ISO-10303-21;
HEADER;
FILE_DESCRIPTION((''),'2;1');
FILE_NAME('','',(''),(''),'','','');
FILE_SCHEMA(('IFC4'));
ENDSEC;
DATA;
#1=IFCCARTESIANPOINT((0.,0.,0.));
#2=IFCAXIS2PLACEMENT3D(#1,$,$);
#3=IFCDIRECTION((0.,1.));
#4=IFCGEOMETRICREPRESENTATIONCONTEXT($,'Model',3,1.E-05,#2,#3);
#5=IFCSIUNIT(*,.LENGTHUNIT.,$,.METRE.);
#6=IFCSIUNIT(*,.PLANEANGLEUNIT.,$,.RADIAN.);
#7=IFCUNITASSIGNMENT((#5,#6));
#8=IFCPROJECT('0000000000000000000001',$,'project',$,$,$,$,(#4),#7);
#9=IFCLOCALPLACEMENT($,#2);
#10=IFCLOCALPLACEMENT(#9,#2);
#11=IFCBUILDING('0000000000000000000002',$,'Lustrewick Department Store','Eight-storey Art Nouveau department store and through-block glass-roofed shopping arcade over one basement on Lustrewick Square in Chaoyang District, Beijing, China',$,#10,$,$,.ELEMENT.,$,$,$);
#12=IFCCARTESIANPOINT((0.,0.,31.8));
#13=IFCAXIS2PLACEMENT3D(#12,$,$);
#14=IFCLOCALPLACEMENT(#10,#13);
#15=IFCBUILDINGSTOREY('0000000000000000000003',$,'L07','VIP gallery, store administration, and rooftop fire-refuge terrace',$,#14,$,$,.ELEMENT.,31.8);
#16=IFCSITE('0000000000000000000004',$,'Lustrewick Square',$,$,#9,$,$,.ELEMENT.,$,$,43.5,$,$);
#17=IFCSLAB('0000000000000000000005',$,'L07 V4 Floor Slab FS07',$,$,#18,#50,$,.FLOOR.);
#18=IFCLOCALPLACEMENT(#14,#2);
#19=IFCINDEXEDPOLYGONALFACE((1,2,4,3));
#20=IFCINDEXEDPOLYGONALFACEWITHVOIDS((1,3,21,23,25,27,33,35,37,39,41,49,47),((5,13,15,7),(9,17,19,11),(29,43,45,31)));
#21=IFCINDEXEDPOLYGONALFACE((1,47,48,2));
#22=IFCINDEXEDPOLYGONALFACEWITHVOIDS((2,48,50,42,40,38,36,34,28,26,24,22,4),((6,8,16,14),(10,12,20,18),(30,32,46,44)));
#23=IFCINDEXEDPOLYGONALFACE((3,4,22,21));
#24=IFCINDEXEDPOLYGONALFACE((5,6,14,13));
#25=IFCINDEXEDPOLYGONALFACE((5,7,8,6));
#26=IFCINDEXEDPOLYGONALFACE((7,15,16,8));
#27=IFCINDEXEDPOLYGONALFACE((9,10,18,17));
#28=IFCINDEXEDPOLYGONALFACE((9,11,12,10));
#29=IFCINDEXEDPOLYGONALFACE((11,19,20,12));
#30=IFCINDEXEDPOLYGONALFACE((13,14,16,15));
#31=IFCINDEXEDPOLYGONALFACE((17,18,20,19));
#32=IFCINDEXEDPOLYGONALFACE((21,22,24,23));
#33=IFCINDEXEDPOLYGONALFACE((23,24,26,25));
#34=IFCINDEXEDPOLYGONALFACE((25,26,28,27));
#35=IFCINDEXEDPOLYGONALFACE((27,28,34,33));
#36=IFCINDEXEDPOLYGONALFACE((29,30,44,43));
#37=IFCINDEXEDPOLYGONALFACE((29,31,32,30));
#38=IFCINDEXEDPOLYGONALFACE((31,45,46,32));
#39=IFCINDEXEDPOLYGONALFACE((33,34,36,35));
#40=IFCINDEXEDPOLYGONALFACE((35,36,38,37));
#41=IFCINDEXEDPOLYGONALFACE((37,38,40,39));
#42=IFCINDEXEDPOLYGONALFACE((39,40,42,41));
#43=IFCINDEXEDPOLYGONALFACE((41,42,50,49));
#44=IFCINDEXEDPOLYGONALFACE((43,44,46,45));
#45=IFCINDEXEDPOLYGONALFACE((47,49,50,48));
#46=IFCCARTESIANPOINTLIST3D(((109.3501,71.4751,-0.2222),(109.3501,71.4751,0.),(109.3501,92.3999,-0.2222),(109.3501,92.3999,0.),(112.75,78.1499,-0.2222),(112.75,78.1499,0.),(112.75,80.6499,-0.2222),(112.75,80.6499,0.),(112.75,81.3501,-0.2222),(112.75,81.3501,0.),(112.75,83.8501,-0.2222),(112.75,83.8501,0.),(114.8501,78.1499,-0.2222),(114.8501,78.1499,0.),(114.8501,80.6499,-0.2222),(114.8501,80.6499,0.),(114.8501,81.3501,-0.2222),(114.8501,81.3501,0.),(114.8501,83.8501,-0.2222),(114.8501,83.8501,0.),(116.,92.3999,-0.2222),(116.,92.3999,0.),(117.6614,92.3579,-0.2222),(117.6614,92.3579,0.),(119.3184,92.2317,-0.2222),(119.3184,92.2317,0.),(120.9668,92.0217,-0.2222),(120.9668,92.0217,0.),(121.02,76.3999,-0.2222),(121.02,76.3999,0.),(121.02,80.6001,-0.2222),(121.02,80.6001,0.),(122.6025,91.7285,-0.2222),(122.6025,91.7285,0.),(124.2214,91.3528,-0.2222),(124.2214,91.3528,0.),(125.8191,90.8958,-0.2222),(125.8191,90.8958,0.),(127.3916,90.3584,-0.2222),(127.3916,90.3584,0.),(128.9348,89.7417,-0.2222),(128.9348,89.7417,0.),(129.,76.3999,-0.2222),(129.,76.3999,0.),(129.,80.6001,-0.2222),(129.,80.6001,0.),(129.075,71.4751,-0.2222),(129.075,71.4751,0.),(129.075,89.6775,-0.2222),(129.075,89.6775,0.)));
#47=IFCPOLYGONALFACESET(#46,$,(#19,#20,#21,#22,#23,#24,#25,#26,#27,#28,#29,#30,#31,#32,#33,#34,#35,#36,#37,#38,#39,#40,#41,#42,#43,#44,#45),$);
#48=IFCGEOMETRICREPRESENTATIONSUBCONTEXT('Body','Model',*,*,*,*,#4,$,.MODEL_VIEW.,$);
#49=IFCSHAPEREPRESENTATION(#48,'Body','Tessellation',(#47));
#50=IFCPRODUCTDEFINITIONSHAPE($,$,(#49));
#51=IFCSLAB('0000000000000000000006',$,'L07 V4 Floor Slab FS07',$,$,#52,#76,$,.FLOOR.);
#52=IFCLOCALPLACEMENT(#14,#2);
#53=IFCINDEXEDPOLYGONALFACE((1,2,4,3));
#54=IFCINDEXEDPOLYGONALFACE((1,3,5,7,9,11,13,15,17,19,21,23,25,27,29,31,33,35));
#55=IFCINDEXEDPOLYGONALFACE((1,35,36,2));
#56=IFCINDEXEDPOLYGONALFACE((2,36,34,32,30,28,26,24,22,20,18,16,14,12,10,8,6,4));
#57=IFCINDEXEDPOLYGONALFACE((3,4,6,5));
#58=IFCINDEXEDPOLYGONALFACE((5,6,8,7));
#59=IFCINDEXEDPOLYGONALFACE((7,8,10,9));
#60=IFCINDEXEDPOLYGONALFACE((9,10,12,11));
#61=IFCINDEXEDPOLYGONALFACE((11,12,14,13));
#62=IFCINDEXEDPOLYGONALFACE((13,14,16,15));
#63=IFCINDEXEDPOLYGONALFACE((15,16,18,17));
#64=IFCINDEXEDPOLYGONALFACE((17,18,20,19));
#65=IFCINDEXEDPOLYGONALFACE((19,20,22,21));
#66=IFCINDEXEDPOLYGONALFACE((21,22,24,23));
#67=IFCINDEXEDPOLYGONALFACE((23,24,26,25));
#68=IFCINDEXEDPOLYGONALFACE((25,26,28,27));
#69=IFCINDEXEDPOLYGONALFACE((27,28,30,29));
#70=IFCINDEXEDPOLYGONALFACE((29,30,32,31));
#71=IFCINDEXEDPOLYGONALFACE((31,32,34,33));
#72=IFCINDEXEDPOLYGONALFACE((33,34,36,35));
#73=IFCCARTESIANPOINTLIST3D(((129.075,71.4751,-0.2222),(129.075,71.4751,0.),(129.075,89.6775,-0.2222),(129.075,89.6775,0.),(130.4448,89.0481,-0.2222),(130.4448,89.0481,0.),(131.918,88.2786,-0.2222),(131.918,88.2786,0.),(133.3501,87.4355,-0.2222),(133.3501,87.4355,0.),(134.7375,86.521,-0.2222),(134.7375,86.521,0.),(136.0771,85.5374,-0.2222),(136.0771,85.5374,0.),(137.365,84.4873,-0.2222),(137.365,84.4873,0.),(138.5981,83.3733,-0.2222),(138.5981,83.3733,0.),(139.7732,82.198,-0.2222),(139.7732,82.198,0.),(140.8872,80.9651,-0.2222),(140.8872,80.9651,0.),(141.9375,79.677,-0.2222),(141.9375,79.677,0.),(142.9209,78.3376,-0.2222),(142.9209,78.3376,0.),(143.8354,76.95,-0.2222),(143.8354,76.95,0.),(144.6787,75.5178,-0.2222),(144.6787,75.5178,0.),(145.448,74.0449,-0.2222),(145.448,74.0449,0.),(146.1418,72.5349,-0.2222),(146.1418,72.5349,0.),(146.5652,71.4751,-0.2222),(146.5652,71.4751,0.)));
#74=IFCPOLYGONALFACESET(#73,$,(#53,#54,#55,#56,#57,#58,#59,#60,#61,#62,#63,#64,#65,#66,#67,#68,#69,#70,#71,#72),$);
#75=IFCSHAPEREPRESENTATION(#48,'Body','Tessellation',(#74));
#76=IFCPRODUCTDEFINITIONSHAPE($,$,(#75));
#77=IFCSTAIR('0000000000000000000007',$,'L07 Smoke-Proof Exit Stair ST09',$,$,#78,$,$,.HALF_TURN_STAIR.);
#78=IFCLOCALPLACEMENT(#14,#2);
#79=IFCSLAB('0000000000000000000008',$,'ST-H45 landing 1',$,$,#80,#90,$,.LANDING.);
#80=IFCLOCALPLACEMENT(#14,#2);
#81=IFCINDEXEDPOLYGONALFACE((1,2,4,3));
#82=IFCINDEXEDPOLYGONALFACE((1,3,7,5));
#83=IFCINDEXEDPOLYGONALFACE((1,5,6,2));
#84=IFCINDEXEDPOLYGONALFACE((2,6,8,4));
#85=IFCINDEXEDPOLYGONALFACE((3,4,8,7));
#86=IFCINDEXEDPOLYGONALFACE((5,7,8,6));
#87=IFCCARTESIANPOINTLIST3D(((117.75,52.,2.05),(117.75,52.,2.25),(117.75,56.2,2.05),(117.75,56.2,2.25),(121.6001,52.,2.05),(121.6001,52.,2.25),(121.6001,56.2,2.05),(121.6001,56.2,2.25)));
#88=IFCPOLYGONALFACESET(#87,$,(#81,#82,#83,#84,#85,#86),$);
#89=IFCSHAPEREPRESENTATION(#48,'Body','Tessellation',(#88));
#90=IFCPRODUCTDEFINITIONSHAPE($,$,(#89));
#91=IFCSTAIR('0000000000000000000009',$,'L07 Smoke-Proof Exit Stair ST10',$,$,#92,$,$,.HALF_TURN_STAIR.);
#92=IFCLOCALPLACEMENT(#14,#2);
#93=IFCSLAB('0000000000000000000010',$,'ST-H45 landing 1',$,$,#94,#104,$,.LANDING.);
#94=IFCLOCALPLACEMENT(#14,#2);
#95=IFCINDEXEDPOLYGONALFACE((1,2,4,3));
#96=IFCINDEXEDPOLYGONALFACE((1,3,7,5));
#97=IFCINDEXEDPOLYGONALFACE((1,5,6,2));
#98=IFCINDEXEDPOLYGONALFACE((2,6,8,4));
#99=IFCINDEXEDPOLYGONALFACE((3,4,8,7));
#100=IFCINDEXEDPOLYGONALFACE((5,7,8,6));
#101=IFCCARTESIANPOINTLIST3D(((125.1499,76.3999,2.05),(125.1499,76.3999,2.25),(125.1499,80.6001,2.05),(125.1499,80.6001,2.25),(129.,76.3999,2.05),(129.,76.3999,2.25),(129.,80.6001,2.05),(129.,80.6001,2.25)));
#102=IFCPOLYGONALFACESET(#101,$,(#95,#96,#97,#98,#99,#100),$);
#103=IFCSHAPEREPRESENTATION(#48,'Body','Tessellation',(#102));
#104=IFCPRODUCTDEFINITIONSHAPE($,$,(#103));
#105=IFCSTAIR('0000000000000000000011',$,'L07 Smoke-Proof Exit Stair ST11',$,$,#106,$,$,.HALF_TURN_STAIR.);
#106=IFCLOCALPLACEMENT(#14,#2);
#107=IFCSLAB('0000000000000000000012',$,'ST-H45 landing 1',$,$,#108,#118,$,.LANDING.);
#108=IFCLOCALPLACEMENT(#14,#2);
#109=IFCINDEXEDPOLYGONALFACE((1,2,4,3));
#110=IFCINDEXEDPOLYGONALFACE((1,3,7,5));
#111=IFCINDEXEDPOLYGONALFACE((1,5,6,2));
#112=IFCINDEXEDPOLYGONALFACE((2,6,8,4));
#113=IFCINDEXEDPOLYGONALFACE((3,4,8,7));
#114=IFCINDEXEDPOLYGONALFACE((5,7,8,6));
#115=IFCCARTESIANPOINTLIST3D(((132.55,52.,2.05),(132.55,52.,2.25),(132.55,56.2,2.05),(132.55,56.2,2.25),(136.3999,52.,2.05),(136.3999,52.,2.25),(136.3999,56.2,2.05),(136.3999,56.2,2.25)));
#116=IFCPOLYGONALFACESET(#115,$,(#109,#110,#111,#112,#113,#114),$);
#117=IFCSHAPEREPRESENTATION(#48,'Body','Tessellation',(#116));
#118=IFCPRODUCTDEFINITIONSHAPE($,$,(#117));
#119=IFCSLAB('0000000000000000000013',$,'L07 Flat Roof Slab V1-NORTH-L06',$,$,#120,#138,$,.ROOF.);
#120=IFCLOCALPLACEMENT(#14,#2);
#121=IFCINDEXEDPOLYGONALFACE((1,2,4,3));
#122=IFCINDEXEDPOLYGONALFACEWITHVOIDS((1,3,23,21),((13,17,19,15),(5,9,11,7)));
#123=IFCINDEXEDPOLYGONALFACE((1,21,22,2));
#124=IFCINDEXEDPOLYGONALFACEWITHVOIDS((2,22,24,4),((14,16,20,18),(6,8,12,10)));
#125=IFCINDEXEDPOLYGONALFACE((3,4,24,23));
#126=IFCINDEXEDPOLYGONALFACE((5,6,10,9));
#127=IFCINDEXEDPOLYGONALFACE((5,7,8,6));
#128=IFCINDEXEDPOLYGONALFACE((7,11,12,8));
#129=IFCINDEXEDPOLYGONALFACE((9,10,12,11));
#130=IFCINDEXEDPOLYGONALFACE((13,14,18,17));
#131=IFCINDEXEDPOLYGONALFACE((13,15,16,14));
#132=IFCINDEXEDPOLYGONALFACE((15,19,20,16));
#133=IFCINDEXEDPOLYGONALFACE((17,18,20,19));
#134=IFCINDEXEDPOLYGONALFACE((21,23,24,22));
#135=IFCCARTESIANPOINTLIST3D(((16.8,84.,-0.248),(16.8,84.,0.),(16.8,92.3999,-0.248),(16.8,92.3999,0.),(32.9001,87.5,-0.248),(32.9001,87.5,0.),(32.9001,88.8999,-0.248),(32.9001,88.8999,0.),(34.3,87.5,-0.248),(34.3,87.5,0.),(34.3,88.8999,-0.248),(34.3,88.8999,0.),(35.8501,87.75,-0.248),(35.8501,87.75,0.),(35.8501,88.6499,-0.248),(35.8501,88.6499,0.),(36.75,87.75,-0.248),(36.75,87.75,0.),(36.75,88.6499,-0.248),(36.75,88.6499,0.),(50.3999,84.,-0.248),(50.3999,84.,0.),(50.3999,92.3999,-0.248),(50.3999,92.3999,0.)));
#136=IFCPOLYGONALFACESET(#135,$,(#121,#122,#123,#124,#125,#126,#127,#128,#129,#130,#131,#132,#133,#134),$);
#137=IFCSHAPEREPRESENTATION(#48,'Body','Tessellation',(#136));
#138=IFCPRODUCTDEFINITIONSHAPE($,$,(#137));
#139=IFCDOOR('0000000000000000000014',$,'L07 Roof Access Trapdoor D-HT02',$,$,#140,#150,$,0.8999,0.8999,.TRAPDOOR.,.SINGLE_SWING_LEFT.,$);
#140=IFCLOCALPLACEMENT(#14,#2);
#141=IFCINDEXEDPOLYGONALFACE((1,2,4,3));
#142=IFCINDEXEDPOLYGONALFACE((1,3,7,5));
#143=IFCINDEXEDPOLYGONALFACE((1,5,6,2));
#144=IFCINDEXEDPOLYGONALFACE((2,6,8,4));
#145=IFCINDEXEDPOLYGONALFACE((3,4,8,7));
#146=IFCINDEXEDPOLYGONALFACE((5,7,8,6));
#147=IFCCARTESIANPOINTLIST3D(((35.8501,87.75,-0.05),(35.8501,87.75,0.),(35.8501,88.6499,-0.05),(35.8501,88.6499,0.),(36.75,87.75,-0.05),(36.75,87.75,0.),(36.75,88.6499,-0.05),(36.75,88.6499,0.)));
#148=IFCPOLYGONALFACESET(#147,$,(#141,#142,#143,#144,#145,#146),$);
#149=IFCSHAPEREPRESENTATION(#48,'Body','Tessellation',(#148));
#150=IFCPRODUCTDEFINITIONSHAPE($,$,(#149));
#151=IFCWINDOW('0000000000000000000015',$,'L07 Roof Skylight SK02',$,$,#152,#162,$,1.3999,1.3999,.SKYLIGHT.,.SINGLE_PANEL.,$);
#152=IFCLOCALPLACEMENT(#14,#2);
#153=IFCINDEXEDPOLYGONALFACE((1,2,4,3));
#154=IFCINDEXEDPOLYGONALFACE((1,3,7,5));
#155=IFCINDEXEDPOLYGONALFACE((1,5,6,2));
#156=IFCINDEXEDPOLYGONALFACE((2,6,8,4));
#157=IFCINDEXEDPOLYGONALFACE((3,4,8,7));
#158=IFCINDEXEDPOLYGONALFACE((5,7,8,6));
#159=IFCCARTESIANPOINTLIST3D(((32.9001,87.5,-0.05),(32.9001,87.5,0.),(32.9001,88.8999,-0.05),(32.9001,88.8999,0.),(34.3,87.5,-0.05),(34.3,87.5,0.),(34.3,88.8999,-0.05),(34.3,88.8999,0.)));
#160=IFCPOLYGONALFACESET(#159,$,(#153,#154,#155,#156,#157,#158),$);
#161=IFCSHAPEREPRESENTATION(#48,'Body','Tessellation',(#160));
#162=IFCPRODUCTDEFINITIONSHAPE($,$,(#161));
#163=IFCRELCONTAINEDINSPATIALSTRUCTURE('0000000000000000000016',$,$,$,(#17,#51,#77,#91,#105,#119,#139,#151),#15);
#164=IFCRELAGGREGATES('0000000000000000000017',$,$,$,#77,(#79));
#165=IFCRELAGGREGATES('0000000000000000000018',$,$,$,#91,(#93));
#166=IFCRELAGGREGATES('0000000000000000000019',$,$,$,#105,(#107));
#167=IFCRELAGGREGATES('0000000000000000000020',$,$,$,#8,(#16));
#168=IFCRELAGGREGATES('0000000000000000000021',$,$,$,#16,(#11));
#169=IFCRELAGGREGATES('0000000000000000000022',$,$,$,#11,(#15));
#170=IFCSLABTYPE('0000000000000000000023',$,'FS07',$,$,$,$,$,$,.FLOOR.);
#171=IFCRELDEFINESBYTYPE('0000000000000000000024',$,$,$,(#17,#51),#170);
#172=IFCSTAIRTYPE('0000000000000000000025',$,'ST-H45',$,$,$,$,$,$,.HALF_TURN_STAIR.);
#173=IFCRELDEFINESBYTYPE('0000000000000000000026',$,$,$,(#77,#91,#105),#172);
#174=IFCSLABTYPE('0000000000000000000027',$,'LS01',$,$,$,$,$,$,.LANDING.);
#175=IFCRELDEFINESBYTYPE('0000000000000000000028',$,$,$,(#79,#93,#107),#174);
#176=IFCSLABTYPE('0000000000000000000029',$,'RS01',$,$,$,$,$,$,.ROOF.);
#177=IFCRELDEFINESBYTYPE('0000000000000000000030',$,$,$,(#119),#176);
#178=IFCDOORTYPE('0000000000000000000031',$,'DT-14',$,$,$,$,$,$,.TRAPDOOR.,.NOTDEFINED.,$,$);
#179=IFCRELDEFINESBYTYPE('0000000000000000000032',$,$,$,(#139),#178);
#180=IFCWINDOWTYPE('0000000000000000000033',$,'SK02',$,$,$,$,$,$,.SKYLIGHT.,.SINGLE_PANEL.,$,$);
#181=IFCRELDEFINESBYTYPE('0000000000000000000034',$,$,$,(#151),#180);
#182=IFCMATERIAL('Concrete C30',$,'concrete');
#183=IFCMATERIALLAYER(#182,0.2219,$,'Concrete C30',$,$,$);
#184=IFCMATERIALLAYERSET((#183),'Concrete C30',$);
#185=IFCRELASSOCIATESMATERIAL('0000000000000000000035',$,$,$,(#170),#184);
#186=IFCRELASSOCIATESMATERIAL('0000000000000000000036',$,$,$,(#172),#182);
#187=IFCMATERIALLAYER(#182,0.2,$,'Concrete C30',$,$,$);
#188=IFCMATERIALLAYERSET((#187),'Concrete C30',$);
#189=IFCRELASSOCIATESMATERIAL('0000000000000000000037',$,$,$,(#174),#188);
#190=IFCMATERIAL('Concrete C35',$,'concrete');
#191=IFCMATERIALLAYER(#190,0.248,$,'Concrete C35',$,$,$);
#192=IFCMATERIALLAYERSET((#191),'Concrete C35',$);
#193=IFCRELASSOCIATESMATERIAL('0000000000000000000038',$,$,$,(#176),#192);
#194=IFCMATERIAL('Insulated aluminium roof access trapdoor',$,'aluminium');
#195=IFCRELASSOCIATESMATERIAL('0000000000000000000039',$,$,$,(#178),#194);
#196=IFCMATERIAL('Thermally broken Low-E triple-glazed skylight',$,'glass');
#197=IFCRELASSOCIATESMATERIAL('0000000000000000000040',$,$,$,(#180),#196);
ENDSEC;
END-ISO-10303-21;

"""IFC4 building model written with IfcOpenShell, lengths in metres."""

from ifc_helpers import new_model, si_unit, direction, frame, origin, origin_2d, place, context, subcontext, project, spatial, polyline, rectangle, outline, extrude, material, layer, layer_set, type_object, element, fill, aggregate, save


model = new_model("IFC4")

# Units and contexts
model_context = context("Model", 3, precision=1e-05, world=origin(), true_north=direction((0.0, 1.0)))
body_context = subcontext(model_context, "Body", "Model", "MODEL_VIEW")
ifc_project = project(units=[si_unit("LENGTHUNIT", "METRE"), si_unit("PLANEANGLEUNIT", "RADIAN")], contexts=[model_context])

# Site, building, storey
site_placement = place(None, origin())
site = spatial("IfcSite", under=ifc_project, at=site_placement, Name="Lustrewick Square", CompositionType="ELEMENT", RefElevation=43.5)
building_placement = place(site_placement, origin())
building = spatial("IfcBuilding", under=site, at=building_placement, Name="Lustrewick Department Store", Description="Eight-storey Art Nouveau department store and through-block glass-roofed shopping arcade over one basement on Lustrewick Square in Chaoyang District, Beijing, China", CompositionType="ELEMENT")
storey_placement = place(building_placement, frame((0.0, 0.0, 31.8)))
storey = spatial("IfcBuildingStorey", under=building, at=storey_placement, Name="L07", Description="VIP gallery, store administration, and rooftop fire-refuge terrace", CompositionType="ELEMENT", Elevation=31.8)

# Slabs
ifc_material_1 = material(Name="Concrete C30", Category="concrete")
ifc_layer_1 = layer(ifc_material_1, 0.2219, Name="Concrete C30")
ifc_layer_set_1 = layer_set([ifc_layer_1], Name="Concrete C30")
slab_type_1 = type_object("IfcSlabType", Name="FS07", PredefinedType="FLOOR", material=ifc_layer_set_1)
slab_1_placement = place(storey_placement, frame((0.0, 0.0, -0.2222)))
element("IfcSlab", 1, at=slab_1_placement, inside=storey, type_object=slab_type_1, Name="L07 V4 Floor Slab FS07", PredefinedType="FLOOR", context=body_context, shape_type="SweptSolid", body=[
    extrude(outline(polyline([(109.3501, 92.3999), (109.3501, 71.4751), (129.075, 71.4751), (129.075, 89.6775), (128.9348, 89.7417), (127.3916, 90.3584), (125.8191, 90.8958), (124.2214, 91.3528), (122.6025, 91.7285), (120.9668, 92.0217), (119.3184, 92.2317), (117.6614, 92.3579), (116.0, 92.3999), (109.3501, 92.3999)]), holes=[polyline([(129.0, 76.3999), (121.02, 76.3999), (121.02, 80.6001), (129.0, 80.6001), (129.0, 76.3999)]), polyline([(114.8501, 80.6499), (114.8501, 78.1499), (112.75, 78.1499), (112.75, 80.6499), (114.8501, 80.6499)]), polyline([(114.8501, 81.3501), (112.75, 81.3501), (112.75, 83.8501), (114.8501, 83.8501), (114.8501, 81.3501)])]), origin(), (0.0, 0.0, 1.0), 0.2222),
])
slab_2_placement = place(storey_placement, frame((0.0, 0.0, -0.2222)))
element("IfcSlab", 2, at=slab_2_placement, inside=storey, type_object=slab_type_1, Name="L07 V4 Floor Slab FS07", PredefinedType="FLOOR", context=body_context, shape_type="SweptSolid", body=[
    extrude(outline(polyline([(130.4448, 89.0481), (129.075, 89.6775), (129.075, 71.4751), (146.5652, 71.4751), (146.1418, 72.5349), (145.448, 74.0449), (144.6787, 75.5178), (143.8354, 76.95), (142.9209, 78.3376), (141.9375, 79.677), (140.8872, 80.9651), (139.7732, 82.198), (138.5981, 83.3733), (137.365, 84.4873), (136.0771, 85.5374), (134.7375, 86.521), (133.3501, 87.4355), (131.918, 88.2786), (130.4448, 89.0481)])), origin(), (0.0, 0.0, 1.0), 0.2222),
])

# Stairs, slabs
stair_type = type_object("IfcStairType", Name="ST-H45", PredefinedType="HALF_TURN_STAIR", material=ifc_material_1)
stair_1_placement = place(storey_placement, origin())
stair_1 = element("IfcStair", 3, at=stair_1_placement, inside=storey, type_object=stair_type, Name="L07 Smoke-Proof Exit Stair ST09", PredefinedType="HALF_TURN_STAIR")
ifc_layer_2 = layer(ifc_material_1, 0.2, Name="Concrete C30")
ifc_layer_set_2 = layer_set([ifc_layer_2], Name="Concrete C30")
slab_type_2 = type_object("IfcSlabType", Name="LS01", PredefinedType="LANDING", material=ifc_layer_set_2)
slab_3_placement = place(storey_placement, frame((0.0, 0.0, 2.05)))
slab_3 = element("IfcSlab", 4, at=slab_3_placement, type_object=slab_type_2, Name="ST-H45 landing 1", PredefinedType="LANDING", context=body_context, shape_type="SweptSolid", body=[
    extrude(outline(polyline([(117.75, 52.0), (121.6001, 52.0), (121.6001, 56.2), (117.75, 56.2), (117.75, 52.0)])), origin(), (0.0, 0.0, 1.0), 0.2),
])
aggregate(stair_1, [slab_3])
stair_2_placement = place(storey_placement, origin())
stair_2 = element("IfcStair", 5, at=stair_2_placement, inside=storey, type_object=stair_type, Name="L07 Smoke-Proof Exit Stair ST10", PredefinedType="HALF_TURN_STAIR")
slab_4_placement = place(storey_placement, frame((0.0, 0.0, 2.05)))
slab_4 = element("IfcSlab", 6, at=slab_4_placement, type_object=slab_type_2, Name="ST-H45 landing 1", PredefinedType="LANDING", context=body_context, shape_type="SweptSolid", body=[
    extrude(outline(polyline([(125.1499, 76.3999), (129.0, 76.3999), (129.0, 80.6001), (125.1499, 80.6001), (125.1499, 76.3999)])), origin(), (0.0, 0.0, 1.0), 0.2),
])
aggregate(stair_2, [slab_4])
stair_3_placement = place(storey_placement, origin())
stair_3 = element("IfcStair", 7, at=stair_3_placement, inside=storey, type_object=stair_type, Name="L07 Smoke-Proof Exit Stair ST11", PredefinedType="HALF_TURN_STAIR")
slab_5_placement = place(storey_placement, frame((0.0, 0.0, 2.05)))
slab_5 = element("IfcSlab", 8, at=slab_5_placement, type_object=slab_type_2, Name="ST-H45 landing 1", PredefinedType="LANDING", context=body_context, shape_type="SweptSolid", body=[
    extrude(outline(polyline([(132.55, 52.0), (136.3999, 52.0), (136.3999, 56.2), (132.55, 56.2), (132.55, 52.0)])), origin(), (0.0, 0.0, 1.0), 0.2),
])
aggregate(stair_3, [slab_5])

# Slab, openings, door, window
ifc_material_2 = material(Name="Concrete C35", Category="concrete")
ifc_layer_3 = layer(ifc_material_2, 0.248, Name="Concrete C35")
ifc_layer_set_3 = layer_set([ifc_layer_3], Name="Concrete C35")
slab_type_3 = type_object("IfcSlabType", Name="RS01", PredefinedType="ROOF", material=ifc_layer_set_3)
slab_6_placement = place(storey_placement, frame((0.0, 0.0, -0.248)))
slab_6 = element("IfcSlab", 9, at=slab_6_placement, inside=storey, type_object=slab_type_3, Name="L07 Flat Roof Slab V1-NORTH-L06", PredefinedType="ROOF", context=body_context, shape_type="SweptSolid", body=[
    extrude(outline(polyline([(50.3999, 84.0), (50.3999, 92.3999), (16.8, 92.3999), (16.8, 84.0), (50.3999, 84.0)])), origin(), (0.0, 0.0, 1.0), 0.248),
])
opening_1_placement = place(slab_6_placement, frame((33.6001, 88.2, -0.01)))
opening_1 = element("IfcOpeningElement", 10, at=opening_1_placement, cuts=slab_6, PredefinedType="OPENING", context=body_context, shape_type="SweptSolid", body=[
    extrude(rectangle(XDim=1.3999, YDim=1.3999, at=origin_2d()), origin(), (0.0, 0.0, 1.0), 0.2681),
])
opening_2_placement = place(slab_6_placement, frame((36.3, 88.2, -0.01)))
opening_2 = element("IfcOpeningElement", 11, at=opening_2_placement, cuts=slab_6, PredefinedType="OPENING", context=body_context, shape_type="SweptSolid", body=[
    extrude(rectangle(XDim=0.8999, YDim=0.8999, at=origin_2d()), origin(), (0.0, 0.0, 1.0), 0.2681),
])
ifc_material_3 = material(Name="Insulated aluminium roof access trapdoor", Category="aluminium")
door_type = type_object("IfcDoorType", Name="DT-14", OperationType="NOTDEFINED", PredefinedType="TRAPDOOR", material=ifc_material_3)
door_placement = place(opening_2_placement, frame((0.0, 0.0, 0.208)))
door = element("IfcDoor", 12, at=door_placement, inside=storey, type_object=door_type, Name="L07 Roof Access Trapdoor D-HT02", OperationType="SINGLE_SWING_LEFT", OverallHeight=0.8999, OverallWidth=0.8999, PredefinedType="TRAPDOOR", context=body_context, shape_type="SweptSolid", body=[
    extrude(rectangle(XDim=0.8999, YDim=0.8999, at=origin_2d()), origin(), (0.0, 0.0, 1.0), 0.05),
])
fill(opening_2, door)
ifc_material_4 = material(Name="Thermally broken Low-E triple-glazed skylight", Category="glass")
window_type_1 = type_object("IfcWindowType", Name="SK02", PartitioningType="SINGLE_PANEL", PredefinedType="SKYLIGHT", material=ifc_material_4)
window_1_placement = place(opening_1_placement, frame((0.0, 0.0, 0.208)))
window_1 = element("IfcWindow", 13, at=window_1_placement, inside=storey, type_object=window_type_1, Name="L07 Roof Skylight SK02", OverallHeight=1.3999, OverallWidth=1.3999, PartitioningType="SINGLE_PANEL", PredefinedType="SKYLIGHT", context=body_context, shape_type="SweptSolid", body=[
    extrude(rectangle(XDim=1.3999, YDim=1.3999, at=origin_2d()), origin(), (0.0, 0.0, 1.0), 0.05),
])
fill(opening_1, window_1)

save(model, "model.ifc")
